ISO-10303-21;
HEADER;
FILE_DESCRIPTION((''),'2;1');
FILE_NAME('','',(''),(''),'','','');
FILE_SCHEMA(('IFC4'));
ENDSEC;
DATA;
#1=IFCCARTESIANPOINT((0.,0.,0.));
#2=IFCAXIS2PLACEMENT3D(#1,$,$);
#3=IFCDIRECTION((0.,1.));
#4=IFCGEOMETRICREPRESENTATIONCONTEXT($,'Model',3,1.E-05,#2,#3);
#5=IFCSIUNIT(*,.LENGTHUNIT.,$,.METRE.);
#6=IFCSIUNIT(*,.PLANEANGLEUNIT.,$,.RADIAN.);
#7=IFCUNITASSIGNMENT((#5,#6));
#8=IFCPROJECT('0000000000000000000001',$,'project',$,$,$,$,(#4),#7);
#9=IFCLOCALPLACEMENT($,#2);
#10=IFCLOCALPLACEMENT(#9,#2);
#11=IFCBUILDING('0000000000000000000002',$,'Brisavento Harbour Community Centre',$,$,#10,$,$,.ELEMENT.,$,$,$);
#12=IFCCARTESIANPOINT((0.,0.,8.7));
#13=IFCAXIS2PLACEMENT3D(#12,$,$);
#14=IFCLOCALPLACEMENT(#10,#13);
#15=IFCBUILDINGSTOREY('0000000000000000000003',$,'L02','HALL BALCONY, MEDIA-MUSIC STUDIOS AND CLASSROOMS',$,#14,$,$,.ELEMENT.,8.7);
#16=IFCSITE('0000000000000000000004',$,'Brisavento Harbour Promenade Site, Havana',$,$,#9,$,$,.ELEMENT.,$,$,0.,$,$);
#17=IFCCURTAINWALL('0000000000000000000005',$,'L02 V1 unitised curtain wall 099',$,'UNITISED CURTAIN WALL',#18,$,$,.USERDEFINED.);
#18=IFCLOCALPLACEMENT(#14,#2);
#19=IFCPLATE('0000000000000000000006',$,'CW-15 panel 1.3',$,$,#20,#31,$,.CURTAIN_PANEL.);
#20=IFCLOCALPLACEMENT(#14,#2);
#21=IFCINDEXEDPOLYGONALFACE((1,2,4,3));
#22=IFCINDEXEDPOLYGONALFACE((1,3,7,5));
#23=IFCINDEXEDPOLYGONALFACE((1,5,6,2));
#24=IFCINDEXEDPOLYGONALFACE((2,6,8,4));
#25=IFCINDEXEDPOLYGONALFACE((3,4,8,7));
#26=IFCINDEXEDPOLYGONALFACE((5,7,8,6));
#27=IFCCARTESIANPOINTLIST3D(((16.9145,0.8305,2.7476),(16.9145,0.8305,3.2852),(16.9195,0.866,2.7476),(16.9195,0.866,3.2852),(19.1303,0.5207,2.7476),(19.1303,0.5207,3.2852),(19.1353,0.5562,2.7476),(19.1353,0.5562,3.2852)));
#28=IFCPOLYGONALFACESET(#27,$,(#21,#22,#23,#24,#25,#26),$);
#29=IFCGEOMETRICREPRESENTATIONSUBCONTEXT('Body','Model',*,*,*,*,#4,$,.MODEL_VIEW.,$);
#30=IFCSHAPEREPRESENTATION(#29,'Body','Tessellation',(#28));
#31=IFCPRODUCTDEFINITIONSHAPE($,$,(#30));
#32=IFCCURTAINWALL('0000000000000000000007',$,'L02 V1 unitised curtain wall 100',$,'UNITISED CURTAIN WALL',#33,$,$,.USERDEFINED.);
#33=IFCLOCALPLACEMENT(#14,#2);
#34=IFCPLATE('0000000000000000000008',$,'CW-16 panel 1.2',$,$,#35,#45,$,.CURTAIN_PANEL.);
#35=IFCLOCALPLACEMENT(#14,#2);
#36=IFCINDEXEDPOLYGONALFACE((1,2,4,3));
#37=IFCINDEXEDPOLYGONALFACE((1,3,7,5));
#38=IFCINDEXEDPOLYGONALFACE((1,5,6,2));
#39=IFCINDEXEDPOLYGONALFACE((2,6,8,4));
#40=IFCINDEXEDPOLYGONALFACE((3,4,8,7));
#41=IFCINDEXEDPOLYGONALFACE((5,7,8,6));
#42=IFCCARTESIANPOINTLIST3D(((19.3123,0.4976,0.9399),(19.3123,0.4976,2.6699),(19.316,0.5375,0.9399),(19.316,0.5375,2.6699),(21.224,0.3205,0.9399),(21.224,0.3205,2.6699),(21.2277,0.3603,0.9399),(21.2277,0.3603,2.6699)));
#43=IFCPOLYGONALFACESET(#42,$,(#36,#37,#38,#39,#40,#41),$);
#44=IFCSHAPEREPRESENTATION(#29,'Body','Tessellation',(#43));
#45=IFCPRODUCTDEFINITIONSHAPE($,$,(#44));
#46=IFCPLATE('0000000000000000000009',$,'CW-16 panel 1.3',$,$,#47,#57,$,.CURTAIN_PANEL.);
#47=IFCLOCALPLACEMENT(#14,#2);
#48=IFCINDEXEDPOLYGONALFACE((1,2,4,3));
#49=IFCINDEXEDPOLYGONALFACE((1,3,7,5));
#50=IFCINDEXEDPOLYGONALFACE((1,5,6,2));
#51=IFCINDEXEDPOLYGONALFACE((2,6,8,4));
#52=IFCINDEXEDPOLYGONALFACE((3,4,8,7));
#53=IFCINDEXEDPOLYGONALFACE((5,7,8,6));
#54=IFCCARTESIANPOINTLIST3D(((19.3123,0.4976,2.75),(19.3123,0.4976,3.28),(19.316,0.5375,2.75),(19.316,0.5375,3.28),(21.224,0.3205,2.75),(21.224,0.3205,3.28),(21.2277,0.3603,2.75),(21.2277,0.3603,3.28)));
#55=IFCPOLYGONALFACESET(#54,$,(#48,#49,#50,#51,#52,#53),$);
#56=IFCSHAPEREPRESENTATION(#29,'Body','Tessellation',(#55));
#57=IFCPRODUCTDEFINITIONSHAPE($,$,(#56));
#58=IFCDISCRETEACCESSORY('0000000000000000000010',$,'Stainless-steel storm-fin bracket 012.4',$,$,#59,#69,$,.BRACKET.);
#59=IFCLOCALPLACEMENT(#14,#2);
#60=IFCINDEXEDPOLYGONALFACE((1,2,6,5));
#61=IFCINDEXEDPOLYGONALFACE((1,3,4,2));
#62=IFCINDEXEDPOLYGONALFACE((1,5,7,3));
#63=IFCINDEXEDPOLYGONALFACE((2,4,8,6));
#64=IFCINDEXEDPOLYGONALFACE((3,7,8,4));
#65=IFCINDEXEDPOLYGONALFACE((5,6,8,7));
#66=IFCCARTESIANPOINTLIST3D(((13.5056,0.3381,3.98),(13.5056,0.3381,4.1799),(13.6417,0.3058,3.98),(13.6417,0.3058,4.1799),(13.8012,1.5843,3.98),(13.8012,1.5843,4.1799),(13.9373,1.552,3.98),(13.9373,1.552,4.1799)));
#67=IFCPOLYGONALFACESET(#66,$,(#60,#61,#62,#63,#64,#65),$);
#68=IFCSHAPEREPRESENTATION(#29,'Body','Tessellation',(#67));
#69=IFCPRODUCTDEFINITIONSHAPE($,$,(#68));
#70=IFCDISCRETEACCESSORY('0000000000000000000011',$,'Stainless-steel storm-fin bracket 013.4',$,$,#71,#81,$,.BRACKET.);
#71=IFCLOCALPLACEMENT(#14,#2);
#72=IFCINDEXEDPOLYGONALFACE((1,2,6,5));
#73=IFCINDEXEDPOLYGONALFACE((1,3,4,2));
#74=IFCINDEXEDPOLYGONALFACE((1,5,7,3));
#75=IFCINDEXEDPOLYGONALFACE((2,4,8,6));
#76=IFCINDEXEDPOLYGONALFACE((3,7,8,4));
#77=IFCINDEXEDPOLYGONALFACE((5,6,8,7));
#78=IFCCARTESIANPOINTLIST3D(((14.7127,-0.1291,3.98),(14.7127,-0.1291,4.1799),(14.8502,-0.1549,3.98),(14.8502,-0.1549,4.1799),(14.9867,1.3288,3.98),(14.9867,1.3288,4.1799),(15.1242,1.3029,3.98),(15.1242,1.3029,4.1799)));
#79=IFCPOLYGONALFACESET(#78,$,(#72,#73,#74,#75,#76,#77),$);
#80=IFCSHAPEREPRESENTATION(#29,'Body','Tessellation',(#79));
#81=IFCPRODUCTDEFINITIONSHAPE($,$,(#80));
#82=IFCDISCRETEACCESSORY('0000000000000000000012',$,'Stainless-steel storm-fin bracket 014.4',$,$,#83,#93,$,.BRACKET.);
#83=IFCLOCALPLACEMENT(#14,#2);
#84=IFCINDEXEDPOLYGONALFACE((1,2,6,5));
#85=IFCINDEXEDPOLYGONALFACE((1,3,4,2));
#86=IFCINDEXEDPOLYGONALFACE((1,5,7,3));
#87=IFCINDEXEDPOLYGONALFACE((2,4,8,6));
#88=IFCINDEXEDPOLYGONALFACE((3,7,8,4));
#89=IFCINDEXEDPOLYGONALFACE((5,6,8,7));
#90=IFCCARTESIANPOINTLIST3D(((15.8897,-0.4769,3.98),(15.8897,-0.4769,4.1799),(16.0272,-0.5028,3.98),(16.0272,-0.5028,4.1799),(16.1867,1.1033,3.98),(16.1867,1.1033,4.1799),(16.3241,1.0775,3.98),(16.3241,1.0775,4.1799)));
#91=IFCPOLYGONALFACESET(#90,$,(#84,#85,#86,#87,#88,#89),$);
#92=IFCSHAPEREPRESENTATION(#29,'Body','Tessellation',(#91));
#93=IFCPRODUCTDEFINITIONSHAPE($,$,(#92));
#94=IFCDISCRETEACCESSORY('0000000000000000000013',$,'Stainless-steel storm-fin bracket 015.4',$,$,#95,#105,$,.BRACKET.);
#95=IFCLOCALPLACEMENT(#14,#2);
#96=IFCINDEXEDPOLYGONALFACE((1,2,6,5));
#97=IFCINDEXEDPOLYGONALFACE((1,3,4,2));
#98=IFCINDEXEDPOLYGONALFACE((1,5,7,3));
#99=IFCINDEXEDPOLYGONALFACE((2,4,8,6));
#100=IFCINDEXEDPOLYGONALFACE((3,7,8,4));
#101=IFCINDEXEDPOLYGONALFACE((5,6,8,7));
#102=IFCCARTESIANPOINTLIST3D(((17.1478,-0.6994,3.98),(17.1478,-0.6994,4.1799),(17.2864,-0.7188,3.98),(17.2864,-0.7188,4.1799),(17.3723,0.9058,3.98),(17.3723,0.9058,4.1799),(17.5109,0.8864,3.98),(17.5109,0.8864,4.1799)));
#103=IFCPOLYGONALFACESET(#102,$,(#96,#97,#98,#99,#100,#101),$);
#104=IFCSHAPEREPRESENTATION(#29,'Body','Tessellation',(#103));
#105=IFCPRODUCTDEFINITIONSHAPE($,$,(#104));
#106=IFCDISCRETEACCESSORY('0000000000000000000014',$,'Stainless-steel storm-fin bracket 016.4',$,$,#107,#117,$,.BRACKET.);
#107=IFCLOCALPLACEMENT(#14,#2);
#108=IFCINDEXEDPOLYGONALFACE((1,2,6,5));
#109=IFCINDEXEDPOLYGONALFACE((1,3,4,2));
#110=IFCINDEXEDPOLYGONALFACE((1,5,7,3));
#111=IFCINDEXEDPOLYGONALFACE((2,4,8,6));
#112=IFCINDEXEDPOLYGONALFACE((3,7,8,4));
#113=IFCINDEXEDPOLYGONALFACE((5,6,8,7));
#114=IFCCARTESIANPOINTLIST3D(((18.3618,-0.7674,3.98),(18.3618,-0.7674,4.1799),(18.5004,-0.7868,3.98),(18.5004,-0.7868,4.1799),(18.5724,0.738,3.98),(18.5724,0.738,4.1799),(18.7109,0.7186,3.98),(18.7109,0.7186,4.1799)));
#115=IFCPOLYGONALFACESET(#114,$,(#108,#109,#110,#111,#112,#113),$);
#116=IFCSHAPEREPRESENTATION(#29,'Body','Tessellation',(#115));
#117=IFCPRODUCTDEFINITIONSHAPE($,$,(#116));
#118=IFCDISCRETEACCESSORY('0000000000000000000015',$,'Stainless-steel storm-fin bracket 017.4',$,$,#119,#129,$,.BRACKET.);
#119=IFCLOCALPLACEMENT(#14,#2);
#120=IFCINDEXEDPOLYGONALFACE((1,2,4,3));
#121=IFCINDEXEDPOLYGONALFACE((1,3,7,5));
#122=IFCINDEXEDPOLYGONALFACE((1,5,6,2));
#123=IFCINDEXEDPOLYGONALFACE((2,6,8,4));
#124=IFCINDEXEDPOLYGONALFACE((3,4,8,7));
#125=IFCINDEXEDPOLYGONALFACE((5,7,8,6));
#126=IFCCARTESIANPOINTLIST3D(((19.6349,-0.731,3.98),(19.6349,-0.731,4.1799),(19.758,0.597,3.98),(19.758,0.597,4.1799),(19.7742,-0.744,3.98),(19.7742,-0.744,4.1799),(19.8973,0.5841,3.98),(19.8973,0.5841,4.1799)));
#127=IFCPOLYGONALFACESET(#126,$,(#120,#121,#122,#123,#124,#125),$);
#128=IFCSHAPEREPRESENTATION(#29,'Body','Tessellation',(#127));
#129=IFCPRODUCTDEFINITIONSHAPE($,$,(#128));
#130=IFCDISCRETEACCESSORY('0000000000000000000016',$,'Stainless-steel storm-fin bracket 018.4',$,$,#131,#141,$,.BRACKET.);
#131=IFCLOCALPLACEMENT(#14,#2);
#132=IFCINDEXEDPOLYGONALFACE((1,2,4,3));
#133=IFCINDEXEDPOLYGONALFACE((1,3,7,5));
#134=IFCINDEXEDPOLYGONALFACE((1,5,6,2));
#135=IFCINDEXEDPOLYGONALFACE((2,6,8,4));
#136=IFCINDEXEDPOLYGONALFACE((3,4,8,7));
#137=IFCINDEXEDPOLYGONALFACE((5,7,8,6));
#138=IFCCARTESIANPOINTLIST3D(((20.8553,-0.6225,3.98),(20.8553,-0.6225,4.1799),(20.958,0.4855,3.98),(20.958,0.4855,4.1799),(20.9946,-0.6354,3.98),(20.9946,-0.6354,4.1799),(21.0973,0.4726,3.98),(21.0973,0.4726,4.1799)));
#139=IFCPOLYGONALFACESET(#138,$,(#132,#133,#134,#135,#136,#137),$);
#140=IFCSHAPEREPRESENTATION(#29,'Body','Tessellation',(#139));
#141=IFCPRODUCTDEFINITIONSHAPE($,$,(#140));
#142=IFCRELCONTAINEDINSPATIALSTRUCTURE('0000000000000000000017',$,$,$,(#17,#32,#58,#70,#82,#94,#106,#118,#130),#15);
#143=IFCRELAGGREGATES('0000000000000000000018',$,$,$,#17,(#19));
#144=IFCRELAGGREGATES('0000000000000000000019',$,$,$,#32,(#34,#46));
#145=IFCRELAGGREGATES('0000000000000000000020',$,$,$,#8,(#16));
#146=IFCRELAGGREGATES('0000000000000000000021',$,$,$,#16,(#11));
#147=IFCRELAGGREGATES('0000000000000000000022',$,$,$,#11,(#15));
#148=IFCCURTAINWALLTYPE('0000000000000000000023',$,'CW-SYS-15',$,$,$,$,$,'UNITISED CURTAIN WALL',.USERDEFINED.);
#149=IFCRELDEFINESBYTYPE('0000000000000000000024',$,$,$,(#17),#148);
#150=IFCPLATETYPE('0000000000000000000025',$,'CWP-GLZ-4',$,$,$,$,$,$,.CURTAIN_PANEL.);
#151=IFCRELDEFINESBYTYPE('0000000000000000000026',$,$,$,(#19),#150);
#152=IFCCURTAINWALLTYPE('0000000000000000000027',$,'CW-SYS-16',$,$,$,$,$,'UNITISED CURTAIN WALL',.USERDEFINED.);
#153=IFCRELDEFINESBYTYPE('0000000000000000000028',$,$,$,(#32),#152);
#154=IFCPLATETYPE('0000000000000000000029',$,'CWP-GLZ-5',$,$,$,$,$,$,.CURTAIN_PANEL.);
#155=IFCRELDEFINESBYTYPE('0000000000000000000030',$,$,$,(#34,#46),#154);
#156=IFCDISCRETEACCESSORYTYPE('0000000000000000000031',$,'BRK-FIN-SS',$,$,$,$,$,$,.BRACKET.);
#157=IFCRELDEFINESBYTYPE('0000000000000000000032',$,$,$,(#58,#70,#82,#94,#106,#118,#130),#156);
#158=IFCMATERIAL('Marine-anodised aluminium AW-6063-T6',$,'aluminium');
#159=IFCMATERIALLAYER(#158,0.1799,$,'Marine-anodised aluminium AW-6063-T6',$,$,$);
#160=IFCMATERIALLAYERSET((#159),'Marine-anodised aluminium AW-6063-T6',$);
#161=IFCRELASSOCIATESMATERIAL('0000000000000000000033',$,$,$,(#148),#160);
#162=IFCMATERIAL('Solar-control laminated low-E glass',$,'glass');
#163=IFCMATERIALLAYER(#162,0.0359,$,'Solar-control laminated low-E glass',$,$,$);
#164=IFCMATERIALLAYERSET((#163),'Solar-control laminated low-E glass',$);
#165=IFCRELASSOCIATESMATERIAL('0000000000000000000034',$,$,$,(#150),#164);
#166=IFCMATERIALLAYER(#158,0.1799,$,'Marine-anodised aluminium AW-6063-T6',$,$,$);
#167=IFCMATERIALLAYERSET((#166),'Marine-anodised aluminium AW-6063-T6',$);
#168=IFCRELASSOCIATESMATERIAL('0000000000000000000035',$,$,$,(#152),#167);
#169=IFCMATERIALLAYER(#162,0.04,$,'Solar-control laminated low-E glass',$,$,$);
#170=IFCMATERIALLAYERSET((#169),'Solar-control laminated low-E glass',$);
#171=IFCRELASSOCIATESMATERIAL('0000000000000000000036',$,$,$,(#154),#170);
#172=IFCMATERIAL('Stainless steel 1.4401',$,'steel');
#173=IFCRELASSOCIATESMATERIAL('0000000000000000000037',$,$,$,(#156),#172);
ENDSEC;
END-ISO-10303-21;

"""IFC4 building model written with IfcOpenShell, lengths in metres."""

from ifc_helpers import new_model, si_unit, direction, frame, origin, origin_2d, place, context, subcontext, project, spatial, rectangle, extrude, material, layer, layer_set, type_object, element, aggregate, save


model = new_model("IFC4")

# Units and contexts
model_context = context("Model", 3, precision=1e-05, world=origin(), true_north=direction((0.0, 1.0)))
body_context = subcontext(model_context, "Body", "Model", "MODEL_VIEW")
ifc_project = project(units=[si_unit("LENGTHUNIT", "METRE"), si_unit("PLANEANGLEUNIT", "RADIAN")], contexts=[model_context])

# Site, building, storey
site_placement = place(None, origin())
site = spatial("IfcSite", under=ifc_project, at=site_placement, Name="Brisavento Harbour Promenade Site, Havana", CompositionType="ELEMENT", RefElevation=0.0)
building_placement = place(site_placement, origin())
building = spatial("IfcBuilding", under=site, at=building_placement, Name="Brisavento Harbour Community Centre", CompositionType="ELEMENT")
storey_placement = place(building_placement, frame((0.0, 0.0, 8.7)))
storey = spatial("IfcBuildingStorey", under=building, at=storey_placement, Name="L02", Description="HALL BALCONY, MEDIA-MUSIC STUDIOS AND CLASSROOMS", CompositionType="ELEMENT", Elevation=8.7)

# Curtain wall
ifc_material_1 = material(Name="Marine-anodised aluminium AW-6063-T6", Category="aluminium")
ifc_layer_1 = layer(ifc_material_1, 0.1799, Name="Marine-anodised aluminium AW-6063-T6")
ifc_layer_set_1 = layer_set([ifc_layer_1], Name="Marine-anodised aluminium AW-6063-T6")
curtain_wall_type_1 = type_object("IfcCurtainWallType", Name="CW-SYS-15", ElementType="UNITISED CURTAIN WALL", PredefinedType="USERDEFINED", material=ifc_layer_set_1)
curtain_wall_1_placement = place(storey_placement, origin())
curtain_wall_1 = element("IfcCurtainWall", 1, at=curtain_wall_1_placement, inside=storey, type_object=curtain_wall_type_1, Name="L02 V1 unitised curtain wall 099", ObjectType="UNITISED CURTAIN WALL", PredefinedType="USERDEFINED")

# Plate
ifc_material_2 = material(Name="Solar-control laminated low-E glass", Category="glass")
ifc_layer_2 = layer(ifc_material_2, 0.0359, Name="Solar-control laminated low-E glass")
ifc_layer_set_2 = layer_set([ifc_layer_2], Name="Solar-control laminated low-E glass")
plate_type_1 = type_object("IfcPlateType", Name="CWP-GLZ-4", PredefinedType="CURTAIN_PANEL", material=ifc_layer_set_2)
plate_1_placement = place(storey_placement, frame((18.0249, 0.6934, 2.7476), z_axis=(0.0, 0.0, 1.0), x_axis=(-0.990366, 0.138477, 0.0)))
plate_1 = element("IfcPlate", 2, at=plate_1_placement, type_object=plate_type_1, Name="CW-15 panel 1.3", PredefinedType="CURTAIN_PANEL", context=body_context, shape_type="SweptSolid", body=[
    extrude(rectangle(XDim=2.2373, YDim=0.0359, at=origin_2d()), origin(), (0.0, 0.0, 1.0), 0.5376),
])
aggregate(curtain_wall_1, [plate_1])

# Curtain wall, plates
ifc_layer_3 = layer(ifc_material_1, 0.1799, Name="Marine-anodised aluminium AW-6063-T6")
ifc_layer_set_3 = layer_set([ifc_layer_3], Name="Marine-anodised aluminium AW-6063-T6")
curtain_wall_type_2 = type_object("IfcCurtainWallType", Name="CW-SYS-16", ElementType="UNITISED CURTAIN WALL", PredefinedType="USERDEFINED", material=ifc_layer_set_3)
curtain_wall_2_placement = place(storey_placement, origin())
curtain_wall_2 = element("IfcCurtainWall", 3, at=curtain_wall_2_placement, inside=storey, type_object=curtain_wall_type_2, Name="L02 V1 unitised curtain wall 100", ObjectType="UNITISED CURTAIN WALL", PredefinedType="USERDEFINED")
ifc_layer_4 = layer(ifc_material_2, 0.04, Name="Solar-control laminated low-E glass")
ifc_layer_set_4 = layer_set([ifc_layer_4], Name="Solar-control laminated low-E glass")
plate_type_2 = type_object("IfcPlateType", Name="CWP-GLZ-5", PredefinedType="CURTAIN_PANEL", material=ifc_layer_set_4)
plate_2_placement = place(storey_placement, frame((20.27, 0.429, 0.9399), z_axis=(0.0, 0.0, 1.0), x_axis=(-0.995735, 0.092261, 0.0)))
plate_2 = element("IfcPlate", 4, at=plate_2_placement, type_object=plate_type_2, Name="CW-16 panel 1.2", PredefinedType="CURTAIN_PANEL", context=body_context, shape_type="SweptSolid", body=[
    extrude(rectangle(XDim=1.9199, YDim=0.04, at=origin_2d()), origin(), (0.0, 0.0, 1.0), 1.73),
])
plate_3_placement = place(storey_placement, frame((20.27, 0.429, 2.75), z_axis=(0.0, 0.0, 1.0), x_axis=(-0.995735, 0.092261, 0.0)))
plate_3 = element("IfcPlate", 5, at=plate_3_placement, type_object=plate_type_2, Name="CW-16 panel 1.3", PredefinedType="CURTAIN_PANEL", context=body_context, shape_type="SweptSolid", body=[
    extrude(rectangle(XDim=1.9199, YDim=0.04, at=origin_2d()), origin(), (0.0, 0.0, 1.0), 0.53),
])
aggregate(curtain_wall_2, [plate_2, plate_3])

# Discrete accessories
ifc_material_3 = material(Name="Stainless steel 1.4401", Category="steel")
discrete_accessory_type = type_object("IfcDiscreteAccessoryType", Name="BRK-FIN-SS", PredefinedType="BRACKET", material=ifc_material_3)
discrete_accessory_1_placement = place(storey_placement, frame((13.7214, 0.9451, 3.98), z_axis=(0.0, 0.0, 1.0), x_axis=(-0.230831, -0.972994, 0.0)))
element("IfcDiscreteAccessory", 6, at=discrete_accessory_1_placement, inside=storey, type_object=discrete_accessory_type, Name="Stainless-steel storm-fin bracket 012.4", PredefinedType="BRACKET", context=body_context, shape_type="SweptSolid", body=[
    extrude(rectangle(XDim=1.2808, YDim=0.1399, at=origin_2d()), origin(), (0.0, 0.0, 1.0), 0.2),
])
discrete_accessory_2_placement = place(storey_placement, frame((14.9185, 0.5869, 3.98), z_axis=(0.0, 0.0, 1.0), x_axis=(-0.184672, -0.9828, 0.0)))
element("IfcDiscreteAccessory", 7, at=discrete_accessory_2_placement, inside=storey, type_object=discrete_accessory_type, Name="Stainless-steel storm-fin bracket 013.4", PredefinedType="BRACKET", context=body_context, shape_type="SweptSolid", body=[
    extrude(rectangle(XDim=1.4834, YDim=0.1399, at=origin_2d()), origin(), (0.0, 0.0, 1.0), 0.2),
])
discrete_accessory_3_placement = place(storey_placement, frame((16.1069, 0.3003, 3.98), z_axis=(0.0, 0.0, 1.0), x_axis=(-0.184672, -0.9828, 0.0)))
element("IfcDiscreteAccessory", 8, at=discrete_accessory_3_placement, inside=storey, type_object=discrete_accessory_type, Name="Stainless-steel storm-fin bracket 014.4", PredefinedType="BRACKET", context=body_context, shape_type="SweptSolid", body=[
    extrude(rectangle(XDim=1.6079, YDim=0.1399, at=origin_2d()), origin(), (0.0, 0.0, 1.0), 0.2),
])
discrete_accessory_4_placement = place(storey_placement, frame((17.3293, 0.0935, 3.98), z_axis=(0.0, 0.0, 1.0), x_axis=(-0.138499, -0.990363, 0.0)))
element("IfcDiscreteAccessory", 9, at=discrete_accessory_4_placement, inside=storey, type_object=discrete_accessory_type, Name="Stainless-steel storm-fin bracket 015.4", PredefinedType="BRACKET", context=body_context, shape_type="SweptSolid", body=[
    extrude(rectangle(XDim=1.6208, YDim=0.1399, at=origin_2d()), origin(), (0.0, 0.0, 1.0), 0.2),
])
discrete_accessory_5_placement = place(storey_placement, frame((18.5364, -0.0244, 3.98), z_axis=(0.0, 0.0, 1.0), x_axis=(-0.138499, -0.990363, 0.0)))
element("IfcDiscreteAccessory", 10, at=discrete_accessory_5_placement, inside=storey, type_object=discrete_accessory_type, Name="Stainless-steel storm-fin bracket 016.4", PredefinedType="BRACKET", context=body_context, shape_type="SweptSolid", body=[
    extrude(rectangle(XDim=1.52, YDim=0.1399, at=origin_2d()), origin(), (0.0, 0.0, 1.0), 0.2),
])
discrete_accessory_6_placement = place(storey_placement, frame((19.7661, -0.0735, 3.98), z_axis=(0.0, 0.0, 1.0), x_axis=(-0.092336, -0.995728, 0.0)))
element("IfcDiscreteAccessory", 11, at=discrete_accessory_6_placement, inside=storey, type_object=discrete_accessory_type, Name="Stainless-steel storm-fin bracket 017.4", PredefinedType="BRACKET", context=body_context, shape_type="SweptSolid", body=[
    extrude(rectangle(XDim=1.3337, YDim=0.1399, at=origin_2d()), origin(), (0.0, 0.0, 1.0), 0.2),
])
discrete_accessory_7_placement = place(storey_placement, frame((20.9763, -0.075, 3.98), z_axis=(0.0, 0.0, 1.0), x_axis=(-0.092336, -0.995728, 0.0)))
element("IfcDiscreteAccessory", 12, at=discrete_accessory_7_placement, inside=storey, type_object=discrete_accessory_type, Name="Stainless-steel storm-fin bracket 018.4", PredefinedType="BRACKET", context=body_context, shape_type="SweptSolid", body=[
    extrude(rectangle(XDim=1.1128, YDim=0.1399, at=origin_2d()), origin(), (0.0, 0.0, 1.0), 0.2),
])

save(model, "model.ifc")
